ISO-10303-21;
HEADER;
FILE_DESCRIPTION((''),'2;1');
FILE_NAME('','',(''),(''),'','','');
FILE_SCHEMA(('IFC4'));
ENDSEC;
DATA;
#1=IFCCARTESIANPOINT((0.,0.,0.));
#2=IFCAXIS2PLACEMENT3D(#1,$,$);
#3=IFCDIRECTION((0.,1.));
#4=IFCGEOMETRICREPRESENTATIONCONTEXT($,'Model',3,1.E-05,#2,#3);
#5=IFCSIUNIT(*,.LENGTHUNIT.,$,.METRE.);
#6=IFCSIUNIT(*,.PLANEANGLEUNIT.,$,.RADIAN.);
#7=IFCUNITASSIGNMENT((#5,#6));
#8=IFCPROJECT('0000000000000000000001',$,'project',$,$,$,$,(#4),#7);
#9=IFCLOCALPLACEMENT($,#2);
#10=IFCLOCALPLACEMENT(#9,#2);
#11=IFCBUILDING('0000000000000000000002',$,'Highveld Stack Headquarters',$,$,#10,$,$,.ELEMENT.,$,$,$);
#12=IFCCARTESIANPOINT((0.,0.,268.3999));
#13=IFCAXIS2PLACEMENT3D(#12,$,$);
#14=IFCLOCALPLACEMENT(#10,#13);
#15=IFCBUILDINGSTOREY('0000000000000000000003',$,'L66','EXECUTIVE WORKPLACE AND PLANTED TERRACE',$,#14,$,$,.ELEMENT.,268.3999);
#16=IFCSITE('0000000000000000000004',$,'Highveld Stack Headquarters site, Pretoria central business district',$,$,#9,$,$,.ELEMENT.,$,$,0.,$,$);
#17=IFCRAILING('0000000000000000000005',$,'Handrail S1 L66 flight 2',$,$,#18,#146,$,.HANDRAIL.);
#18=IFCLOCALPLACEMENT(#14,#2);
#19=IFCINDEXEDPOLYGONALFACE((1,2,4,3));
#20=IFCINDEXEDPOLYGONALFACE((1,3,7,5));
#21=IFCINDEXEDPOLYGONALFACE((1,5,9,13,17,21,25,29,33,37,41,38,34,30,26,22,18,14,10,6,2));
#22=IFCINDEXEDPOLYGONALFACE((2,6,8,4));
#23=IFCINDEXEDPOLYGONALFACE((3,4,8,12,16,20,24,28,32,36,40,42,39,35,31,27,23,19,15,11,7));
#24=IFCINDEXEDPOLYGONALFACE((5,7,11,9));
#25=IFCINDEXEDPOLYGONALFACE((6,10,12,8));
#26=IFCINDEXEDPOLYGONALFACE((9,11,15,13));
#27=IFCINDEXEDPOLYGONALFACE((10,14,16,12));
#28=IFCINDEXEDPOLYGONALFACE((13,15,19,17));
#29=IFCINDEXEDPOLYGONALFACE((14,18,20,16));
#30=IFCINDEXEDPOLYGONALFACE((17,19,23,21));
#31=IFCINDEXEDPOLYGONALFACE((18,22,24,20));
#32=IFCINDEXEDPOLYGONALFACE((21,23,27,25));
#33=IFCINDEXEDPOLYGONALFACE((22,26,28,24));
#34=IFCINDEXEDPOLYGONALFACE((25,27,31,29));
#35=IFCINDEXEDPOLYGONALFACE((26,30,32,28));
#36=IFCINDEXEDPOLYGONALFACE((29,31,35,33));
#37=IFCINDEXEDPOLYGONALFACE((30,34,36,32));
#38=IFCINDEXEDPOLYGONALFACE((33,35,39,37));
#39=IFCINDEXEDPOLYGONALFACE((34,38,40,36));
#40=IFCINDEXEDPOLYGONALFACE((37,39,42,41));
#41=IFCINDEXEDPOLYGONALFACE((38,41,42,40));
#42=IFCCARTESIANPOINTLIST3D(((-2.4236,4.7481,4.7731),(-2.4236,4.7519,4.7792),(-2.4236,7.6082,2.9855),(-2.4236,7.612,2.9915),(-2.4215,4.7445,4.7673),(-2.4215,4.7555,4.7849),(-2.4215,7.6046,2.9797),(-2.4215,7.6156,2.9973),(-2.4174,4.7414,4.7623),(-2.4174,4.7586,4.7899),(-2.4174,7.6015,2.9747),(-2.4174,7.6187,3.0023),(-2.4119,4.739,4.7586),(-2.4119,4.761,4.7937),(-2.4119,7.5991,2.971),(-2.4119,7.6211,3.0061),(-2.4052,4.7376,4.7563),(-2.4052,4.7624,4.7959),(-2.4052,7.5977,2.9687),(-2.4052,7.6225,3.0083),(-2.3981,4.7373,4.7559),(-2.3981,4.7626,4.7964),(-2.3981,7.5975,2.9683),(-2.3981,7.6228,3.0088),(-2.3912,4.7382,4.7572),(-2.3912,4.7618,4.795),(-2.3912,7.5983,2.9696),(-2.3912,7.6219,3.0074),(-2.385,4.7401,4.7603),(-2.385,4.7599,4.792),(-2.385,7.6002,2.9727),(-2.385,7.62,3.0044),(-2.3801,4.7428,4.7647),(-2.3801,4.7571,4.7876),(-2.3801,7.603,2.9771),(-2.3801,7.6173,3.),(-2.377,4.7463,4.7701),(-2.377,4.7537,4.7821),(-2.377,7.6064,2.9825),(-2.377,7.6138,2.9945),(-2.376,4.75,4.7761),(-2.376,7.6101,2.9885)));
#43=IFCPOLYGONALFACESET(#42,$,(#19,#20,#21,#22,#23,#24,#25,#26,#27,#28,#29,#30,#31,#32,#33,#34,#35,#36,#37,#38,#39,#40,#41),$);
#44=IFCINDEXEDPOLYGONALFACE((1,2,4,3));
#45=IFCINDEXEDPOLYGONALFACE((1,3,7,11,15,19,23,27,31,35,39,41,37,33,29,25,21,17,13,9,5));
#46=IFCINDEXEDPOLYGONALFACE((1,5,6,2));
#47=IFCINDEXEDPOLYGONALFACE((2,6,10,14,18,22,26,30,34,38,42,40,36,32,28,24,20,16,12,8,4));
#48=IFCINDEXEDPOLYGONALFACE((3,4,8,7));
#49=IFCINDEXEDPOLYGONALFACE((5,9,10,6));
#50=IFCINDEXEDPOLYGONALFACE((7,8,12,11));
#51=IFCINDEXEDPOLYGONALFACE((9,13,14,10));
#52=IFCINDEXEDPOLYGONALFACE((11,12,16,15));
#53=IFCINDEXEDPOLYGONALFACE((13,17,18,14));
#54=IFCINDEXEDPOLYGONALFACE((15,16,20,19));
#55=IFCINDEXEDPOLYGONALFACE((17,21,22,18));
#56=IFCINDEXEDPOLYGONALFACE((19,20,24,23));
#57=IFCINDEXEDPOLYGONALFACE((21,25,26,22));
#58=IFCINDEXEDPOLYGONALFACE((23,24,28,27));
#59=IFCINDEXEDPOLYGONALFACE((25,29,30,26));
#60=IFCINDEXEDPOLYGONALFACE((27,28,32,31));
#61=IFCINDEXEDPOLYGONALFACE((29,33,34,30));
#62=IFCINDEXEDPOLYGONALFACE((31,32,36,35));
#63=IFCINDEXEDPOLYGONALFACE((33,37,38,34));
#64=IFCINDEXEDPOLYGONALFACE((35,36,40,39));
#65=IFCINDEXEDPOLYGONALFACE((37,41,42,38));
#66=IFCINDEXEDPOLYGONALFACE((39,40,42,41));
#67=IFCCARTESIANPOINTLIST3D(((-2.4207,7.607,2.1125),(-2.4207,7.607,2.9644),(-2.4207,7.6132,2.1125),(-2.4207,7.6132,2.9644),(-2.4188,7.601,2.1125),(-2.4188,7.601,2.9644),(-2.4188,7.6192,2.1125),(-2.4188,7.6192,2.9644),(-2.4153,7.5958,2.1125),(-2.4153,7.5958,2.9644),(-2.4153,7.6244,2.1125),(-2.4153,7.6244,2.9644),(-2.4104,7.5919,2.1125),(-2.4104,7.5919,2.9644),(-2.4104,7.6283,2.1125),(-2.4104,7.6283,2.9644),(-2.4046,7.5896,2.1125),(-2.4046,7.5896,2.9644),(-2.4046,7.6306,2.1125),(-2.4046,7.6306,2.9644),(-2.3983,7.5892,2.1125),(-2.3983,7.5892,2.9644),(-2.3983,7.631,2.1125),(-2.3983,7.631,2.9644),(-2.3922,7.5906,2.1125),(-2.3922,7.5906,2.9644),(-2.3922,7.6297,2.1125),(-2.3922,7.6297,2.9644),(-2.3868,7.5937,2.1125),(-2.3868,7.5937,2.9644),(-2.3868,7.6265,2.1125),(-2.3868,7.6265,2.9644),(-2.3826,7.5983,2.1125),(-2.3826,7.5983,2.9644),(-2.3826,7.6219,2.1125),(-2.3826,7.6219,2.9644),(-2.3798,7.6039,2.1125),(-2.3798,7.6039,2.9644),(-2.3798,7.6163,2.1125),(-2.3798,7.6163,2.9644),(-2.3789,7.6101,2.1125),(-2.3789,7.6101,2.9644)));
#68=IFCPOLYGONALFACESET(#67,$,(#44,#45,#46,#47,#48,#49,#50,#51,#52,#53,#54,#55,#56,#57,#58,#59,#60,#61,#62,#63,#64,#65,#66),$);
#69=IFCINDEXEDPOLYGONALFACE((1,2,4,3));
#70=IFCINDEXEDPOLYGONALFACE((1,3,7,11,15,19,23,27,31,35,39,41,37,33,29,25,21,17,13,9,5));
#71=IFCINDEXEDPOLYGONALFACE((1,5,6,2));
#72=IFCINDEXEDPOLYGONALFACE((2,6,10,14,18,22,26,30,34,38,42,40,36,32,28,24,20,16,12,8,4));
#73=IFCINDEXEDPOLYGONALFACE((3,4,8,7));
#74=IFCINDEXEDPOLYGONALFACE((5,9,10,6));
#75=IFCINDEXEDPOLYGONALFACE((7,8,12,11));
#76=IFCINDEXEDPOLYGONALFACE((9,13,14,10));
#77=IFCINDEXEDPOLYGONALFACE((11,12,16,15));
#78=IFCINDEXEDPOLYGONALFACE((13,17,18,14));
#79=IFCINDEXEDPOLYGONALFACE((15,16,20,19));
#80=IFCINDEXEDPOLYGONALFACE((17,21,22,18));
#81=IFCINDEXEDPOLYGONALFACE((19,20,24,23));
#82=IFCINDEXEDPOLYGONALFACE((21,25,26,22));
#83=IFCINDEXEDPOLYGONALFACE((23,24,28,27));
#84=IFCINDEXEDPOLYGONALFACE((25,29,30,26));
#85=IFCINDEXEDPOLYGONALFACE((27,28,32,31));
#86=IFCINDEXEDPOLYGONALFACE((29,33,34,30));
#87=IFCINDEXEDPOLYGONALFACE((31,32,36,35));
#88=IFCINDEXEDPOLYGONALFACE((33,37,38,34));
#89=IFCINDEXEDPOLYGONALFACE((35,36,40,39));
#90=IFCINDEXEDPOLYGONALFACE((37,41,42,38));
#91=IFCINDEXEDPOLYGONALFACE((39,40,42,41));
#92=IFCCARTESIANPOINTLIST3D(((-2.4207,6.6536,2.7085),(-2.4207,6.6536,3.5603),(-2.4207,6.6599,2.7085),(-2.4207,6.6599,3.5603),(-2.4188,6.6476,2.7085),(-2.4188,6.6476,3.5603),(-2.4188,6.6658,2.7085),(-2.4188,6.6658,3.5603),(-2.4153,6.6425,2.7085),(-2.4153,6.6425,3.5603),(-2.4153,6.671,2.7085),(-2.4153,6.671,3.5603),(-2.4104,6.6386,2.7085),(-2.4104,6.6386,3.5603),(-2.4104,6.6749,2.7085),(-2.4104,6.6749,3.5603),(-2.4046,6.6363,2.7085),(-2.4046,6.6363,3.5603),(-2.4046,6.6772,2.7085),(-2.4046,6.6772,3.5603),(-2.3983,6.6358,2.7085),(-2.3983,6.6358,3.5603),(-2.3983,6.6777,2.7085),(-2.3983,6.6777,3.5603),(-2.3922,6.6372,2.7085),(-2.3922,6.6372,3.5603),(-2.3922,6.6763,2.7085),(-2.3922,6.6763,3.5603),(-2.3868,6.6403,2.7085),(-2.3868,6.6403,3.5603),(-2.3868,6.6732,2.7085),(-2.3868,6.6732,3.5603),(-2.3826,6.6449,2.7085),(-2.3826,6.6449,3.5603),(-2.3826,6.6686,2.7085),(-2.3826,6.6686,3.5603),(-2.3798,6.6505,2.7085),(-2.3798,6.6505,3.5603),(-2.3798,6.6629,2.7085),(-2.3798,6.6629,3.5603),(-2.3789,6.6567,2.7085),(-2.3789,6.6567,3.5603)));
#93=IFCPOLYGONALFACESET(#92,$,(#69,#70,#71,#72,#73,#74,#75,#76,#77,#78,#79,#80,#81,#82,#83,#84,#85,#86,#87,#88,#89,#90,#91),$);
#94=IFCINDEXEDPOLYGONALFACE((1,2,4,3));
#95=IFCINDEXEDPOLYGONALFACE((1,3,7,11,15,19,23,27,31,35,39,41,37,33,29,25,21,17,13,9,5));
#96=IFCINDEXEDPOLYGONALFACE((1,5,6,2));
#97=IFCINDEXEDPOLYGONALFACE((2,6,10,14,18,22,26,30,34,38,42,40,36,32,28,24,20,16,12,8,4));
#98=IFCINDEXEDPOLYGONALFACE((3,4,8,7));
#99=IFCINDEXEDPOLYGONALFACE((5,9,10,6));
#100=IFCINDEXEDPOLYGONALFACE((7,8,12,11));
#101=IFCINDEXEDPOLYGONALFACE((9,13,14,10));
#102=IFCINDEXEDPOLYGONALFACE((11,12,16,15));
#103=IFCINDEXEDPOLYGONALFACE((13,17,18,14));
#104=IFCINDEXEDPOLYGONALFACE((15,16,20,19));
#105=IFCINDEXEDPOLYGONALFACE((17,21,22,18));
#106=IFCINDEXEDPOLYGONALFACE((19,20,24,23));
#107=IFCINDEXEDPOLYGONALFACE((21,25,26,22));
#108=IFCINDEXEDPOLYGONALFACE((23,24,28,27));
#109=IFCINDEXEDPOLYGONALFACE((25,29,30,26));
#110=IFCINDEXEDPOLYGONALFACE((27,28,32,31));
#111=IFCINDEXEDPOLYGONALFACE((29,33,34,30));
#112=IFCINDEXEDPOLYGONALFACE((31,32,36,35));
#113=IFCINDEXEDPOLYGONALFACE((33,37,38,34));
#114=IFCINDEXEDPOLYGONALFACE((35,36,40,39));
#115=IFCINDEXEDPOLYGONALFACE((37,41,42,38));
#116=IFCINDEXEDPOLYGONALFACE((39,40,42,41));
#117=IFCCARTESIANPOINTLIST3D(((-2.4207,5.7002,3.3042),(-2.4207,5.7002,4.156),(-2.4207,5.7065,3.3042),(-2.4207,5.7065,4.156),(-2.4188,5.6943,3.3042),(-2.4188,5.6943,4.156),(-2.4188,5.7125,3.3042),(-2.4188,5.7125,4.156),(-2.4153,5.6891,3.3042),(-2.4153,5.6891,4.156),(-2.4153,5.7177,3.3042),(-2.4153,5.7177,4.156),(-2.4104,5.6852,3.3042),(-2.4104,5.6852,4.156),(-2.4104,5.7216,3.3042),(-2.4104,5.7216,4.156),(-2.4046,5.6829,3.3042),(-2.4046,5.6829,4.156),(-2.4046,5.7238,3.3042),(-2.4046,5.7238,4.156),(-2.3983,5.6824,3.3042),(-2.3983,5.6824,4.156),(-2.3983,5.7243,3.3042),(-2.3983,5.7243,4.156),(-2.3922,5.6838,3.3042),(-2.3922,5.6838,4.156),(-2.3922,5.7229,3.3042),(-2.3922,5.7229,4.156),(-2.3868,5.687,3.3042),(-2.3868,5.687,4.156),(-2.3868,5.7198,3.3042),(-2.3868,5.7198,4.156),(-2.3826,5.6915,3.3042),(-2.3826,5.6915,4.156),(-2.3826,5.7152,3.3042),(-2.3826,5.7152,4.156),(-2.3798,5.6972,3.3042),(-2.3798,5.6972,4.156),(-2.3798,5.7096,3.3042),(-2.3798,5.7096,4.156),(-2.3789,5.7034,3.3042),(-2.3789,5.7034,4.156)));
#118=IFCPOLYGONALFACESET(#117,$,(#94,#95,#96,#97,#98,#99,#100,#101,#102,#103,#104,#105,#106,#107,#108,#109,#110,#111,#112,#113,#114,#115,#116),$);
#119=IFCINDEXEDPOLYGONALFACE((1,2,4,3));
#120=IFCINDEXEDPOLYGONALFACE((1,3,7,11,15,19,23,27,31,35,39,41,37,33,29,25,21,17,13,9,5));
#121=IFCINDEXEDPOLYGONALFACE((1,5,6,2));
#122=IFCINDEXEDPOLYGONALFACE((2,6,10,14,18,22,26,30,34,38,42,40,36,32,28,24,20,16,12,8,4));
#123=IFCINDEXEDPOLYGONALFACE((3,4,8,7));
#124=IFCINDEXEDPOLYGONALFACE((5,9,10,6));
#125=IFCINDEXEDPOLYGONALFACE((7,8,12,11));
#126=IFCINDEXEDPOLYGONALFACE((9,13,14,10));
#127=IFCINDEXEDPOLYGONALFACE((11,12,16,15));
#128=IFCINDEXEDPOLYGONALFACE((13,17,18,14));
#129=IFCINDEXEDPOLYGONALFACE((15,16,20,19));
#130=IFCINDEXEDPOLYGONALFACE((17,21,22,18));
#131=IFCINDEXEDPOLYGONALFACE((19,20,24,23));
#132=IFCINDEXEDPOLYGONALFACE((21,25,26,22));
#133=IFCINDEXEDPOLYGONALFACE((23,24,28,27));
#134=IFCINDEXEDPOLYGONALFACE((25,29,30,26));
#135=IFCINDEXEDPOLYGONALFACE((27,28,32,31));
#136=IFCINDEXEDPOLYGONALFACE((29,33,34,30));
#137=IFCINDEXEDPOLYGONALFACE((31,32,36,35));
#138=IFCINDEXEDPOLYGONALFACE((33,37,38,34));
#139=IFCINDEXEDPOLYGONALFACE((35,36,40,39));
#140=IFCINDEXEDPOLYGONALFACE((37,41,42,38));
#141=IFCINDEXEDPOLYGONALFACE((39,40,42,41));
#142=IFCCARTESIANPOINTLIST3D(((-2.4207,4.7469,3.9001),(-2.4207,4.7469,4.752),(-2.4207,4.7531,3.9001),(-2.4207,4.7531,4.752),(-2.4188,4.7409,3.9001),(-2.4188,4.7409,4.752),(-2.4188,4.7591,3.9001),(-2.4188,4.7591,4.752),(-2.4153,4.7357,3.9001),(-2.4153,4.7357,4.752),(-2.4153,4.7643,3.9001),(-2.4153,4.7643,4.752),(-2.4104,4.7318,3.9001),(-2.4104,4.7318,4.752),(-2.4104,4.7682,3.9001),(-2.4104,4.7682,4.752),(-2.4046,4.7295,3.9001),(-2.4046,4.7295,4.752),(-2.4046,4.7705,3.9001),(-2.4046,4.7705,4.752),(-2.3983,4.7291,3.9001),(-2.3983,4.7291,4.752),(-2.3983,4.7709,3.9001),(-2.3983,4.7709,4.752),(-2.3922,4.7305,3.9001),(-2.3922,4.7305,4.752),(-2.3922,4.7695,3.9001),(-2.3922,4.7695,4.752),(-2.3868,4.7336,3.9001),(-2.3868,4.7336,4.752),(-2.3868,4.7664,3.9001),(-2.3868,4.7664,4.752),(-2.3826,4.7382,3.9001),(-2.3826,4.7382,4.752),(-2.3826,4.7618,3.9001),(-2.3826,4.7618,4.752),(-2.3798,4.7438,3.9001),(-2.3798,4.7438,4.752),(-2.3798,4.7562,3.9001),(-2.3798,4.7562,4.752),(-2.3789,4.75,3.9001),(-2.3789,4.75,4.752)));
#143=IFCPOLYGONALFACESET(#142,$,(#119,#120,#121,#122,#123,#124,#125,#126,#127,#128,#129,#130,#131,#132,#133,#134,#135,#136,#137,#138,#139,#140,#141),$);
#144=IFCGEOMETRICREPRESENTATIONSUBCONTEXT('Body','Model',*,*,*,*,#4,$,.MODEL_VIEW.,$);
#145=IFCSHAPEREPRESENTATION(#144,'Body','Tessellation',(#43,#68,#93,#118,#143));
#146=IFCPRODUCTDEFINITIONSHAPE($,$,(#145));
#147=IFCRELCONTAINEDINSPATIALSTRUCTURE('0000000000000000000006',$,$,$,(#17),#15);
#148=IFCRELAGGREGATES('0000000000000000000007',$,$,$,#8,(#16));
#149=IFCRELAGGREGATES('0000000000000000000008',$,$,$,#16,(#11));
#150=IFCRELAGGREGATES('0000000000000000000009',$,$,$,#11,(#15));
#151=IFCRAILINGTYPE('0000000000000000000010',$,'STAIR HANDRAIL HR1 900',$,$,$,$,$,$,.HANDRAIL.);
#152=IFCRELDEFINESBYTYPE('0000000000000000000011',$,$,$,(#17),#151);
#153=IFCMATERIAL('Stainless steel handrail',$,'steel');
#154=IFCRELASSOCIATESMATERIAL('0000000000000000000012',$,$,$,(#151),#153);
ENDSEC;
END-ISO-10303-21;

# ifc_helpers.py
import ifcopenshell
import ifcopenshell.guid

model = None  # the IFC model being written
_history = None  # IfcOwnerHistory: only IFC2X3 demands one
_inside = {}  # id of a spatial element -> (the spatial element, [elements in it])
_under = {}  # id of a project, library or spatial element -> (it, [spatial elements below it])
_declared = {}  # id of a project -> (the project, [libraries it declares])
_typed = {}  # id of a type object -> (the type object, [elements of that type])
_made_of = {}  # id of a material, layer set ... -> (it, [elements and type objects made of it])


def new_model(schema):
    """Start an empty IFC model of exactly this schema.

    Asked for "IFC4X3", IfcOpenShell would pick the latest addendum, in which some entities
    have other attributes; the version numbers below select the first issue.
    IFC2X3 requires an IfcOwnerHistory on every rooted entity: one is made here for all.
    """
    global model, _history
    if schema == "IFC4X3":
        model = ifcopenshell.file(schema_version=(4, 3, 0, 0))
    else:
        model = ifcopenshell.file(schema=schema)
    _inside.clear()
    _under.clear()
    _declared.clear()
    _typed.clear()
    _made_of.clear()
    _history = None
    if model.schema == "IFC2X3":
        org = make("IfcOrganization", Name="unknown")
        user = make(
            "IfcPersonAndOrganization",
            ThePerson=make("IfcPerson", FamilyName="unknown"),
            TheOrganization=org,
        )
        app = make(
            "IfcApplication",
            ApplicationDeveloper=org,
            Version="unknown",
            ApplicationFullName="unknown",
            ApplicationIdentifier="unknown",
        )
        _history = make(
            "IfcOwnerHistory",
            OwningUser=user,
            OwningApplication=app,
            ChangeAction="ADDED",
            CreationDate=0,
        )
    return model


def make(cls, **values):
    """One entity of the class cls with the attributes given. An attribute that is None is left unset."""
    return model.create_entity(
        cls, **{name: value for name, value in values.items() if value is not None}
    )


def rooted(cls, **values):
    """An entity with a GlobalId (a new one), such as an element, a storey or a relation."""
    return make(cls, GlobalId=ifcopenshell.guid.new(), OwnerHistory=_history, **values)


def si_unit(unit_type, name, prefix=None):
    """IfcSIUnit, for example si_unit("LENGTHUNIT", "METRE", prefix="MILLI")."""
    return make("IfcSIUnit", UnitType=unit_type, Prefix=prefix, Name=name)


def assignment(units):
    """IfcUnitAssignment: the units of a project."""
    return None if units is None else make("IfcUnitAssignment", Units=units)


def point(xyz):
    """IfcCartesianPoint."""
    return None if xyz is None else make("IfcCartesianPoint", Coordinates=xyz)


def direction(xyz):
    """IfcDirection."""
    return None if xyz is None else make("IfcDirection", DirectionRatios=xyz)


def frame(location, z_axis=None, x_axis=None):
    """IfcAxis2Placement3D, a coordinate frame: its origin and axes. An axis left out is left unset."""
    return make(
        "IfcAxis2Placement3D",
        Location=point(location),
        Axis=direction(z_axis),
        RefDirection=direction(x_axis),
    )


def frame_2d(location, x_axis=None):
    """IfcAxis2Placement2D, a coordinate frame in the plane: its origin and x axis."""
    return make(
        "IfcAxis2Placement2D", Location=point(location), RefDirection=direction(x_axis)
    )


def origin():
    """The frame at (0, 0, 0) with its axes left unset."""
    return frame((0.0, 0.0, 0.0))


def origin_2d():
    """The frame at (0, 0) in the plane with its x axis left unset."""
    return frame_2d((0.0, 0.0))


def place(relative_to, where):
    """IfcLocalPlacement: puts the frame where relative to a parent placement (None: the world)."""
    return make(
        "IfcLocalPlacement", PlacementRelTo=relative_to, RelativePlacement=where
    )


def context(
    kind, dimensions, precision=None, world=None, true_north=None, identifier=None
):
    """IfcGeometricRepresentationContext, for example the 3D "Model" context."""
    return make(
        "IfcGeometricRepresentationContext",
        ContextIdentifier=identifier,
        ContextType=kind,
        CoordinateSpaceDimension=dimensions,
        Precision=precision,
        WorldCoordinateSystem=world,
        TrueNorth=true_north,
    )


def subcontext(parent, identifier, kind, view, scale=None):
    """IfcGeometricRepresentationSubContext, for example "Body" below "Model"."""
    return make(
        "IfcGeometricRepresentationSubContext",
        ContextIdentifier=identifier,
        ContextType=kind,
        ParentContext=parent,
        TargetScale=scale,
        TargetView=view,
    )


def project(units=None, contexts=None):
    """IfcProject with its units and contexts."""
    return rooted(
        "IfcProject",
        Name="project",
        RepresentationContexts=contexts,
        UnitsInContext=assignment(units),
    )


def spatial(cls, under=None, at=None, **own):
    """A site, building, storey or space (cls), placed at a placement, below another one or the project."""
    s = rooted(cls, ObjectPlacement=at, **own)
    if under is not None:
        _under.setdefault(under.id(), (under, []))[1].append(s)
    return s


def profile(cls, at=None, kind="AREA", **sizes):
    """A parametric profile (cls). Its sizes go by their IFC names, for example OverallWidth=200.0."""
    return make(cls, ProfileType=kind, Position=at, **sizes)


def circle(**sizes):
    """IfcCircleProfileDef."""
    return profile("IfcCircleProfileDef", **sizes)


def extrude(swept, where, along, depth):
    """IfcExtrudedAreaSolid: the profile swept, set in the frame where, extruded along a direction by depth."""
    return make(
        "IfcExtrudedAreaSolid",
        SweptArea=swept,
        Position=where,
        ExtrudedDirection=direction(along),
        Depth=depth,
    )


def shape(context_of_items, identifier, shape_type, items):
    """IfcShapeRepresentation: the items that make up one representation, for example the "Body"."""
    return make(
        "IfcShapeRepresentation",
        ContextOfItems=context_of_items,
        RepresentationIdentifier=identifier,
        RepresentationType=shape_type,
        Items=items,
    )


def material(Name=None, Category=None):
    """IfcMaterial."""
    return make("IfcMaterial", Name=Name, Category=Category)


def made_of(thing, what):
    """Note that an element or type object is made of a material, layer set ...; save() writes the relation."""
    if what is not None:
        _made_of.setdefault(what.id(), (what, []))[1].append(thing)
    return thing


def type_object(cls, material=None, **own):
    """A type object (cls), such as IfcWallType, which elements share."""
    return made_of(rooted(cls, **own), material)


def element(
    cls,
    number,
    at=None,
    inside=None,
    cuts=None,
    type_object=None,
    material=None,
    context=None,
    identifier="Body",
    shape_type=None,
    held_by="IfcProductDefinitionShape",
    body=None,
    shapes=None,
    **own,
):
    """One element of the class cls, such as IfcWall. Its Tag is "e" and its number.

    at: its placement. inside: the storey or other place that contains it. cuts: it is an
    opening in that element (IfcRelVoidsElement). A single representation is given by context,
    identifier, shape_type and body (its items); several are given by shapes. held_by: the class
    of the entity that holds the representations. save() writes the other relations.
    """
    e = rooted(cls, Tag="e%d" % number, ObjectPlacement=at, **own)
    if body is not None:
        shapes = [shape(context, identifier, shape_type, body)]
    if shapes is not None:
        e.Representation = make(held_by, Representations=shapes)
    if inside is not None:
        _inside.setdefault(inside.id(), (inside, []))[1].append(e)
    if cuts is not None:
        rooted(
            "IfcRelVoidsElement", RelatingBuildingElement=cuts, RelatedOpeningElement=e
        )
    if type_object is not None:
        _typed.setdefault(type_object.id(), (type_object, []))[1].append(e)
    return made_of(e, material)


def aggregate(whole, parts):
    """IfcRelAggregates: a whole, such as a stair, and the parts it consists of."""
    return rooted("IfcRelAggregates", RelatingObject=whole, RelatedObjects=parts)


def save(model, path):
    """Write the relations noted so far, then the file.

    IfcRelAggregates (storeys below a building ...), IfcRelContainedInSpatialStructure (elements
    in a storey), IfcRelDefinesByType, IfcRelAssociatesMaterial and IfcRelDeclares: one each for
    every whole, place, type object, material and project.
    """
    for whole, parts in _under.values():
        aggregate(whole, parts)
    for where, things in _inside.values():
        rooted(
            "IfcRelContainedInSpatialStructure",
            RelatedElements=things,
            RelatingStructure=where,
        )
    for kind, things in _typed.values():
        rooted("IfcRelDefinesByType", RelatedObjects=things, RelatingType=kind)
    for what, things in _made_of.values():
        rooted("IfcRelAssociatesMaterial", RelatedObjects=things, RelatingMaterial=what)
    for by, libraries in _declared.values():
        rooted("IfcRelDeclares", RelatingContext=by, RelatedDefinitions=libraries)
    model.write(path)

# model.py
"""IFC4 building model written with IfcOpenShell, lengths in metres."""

from ifc_helpers import new_model, si_unit, direction, frame, origin, origin_2d, place, context, subcontext, project, spatial, circle, extrude, material, type_object, element, save


model = new_model("IFC4")

# Units and contexts
model_context = context("Model", 3, precision=1e-05, world=origin(), true_north=direction((0.0, 1.0)))
body_context = subcontext(model_context, "Body", "Model", "MODEL_VIEW")
ifc_project = project(units=[si_unit("LENGTHUNIT", "METRE"), si_unit("PLANEANGLEUNIT", "RADIAN")], contexts=[model_context])

# Site, building, storey
site_placement = place(None, origin())
site = spatial("IfcSite", under=ifc_project, at=site_placement, Name="Highveld Stack Headquarters site, Pretoria central business district", CompositionType="ELEMENT", RefElevation=0.0)
building_placement = place(site_placement, origin())
building = spatial("IfcBuilding", under=site, at=building_placement, Name="Highveld Stack Headquarters", CompositionType="ELEMENT")
storey_placement = place(building_placement, frame((0.0, 0.0, 268.3999)))
storey = spatial("IfcBuildingStorey", under=building, at=storey_placement, Name="L66", Description="EXECUTIVE WORKPLACE AND PLANTED TERRACE", CompositionType="ELEMENT", Elevation=268.3999)

# Railing
ifc_material_1 = material(Name="Stainless steel handrail", Category="steel")
railing_type = type_object("IfcRailingType", Name="STAIR HANDRAIL HR1 900", PredefinedType="HANDRAIL", material=ifc_material_1)
for number, where, name in (
    (1, (-2.3999, 7.6101, 2.1125), "Handrail S1 L66 flight 2"),
):
    element("IfcRailing", number, at=place(storey_placement, frame(where)), inside=storey, type_object=railing_type, Name=name, PredefinedType="HANDRAIL", context=body_context, shape_type="SweptSolid", body=[
        extrude(circle(Radius=0.0239, at=origin_2d()), frame((0.0, 0.0, 0.876), z_axis=(0.0, -0.847994, 0.530005), x_axis=(1.0, 0.0, 0.0)), (0.0, 0.0, 1.0), 3.3728),
        extrude(circle(Radius=0.021, at=origin_2d()), origin(), (0.0, 0.0, 1.0), 0.8518),
        extrude(circle(Radius=0.021, at=origin_2d()), frame((0.0, -0.9534, 0.5959)), (0.0, 0.0, 1.0), 0.8518),
        extrude(circle(Radius=0.021, at=origin_2d()), frame((0.0, -1.9067, 1.1917)), (0.0, 0.0, 1.0), 0.8518),
        extrude(circle(Radius=0.021, at=origin_2d()), frame((0.0, -2.8601, 1.7876)), (0.0, 0.0, 1.0), 0.8518),
    ])

save(model, "model.ifc")
